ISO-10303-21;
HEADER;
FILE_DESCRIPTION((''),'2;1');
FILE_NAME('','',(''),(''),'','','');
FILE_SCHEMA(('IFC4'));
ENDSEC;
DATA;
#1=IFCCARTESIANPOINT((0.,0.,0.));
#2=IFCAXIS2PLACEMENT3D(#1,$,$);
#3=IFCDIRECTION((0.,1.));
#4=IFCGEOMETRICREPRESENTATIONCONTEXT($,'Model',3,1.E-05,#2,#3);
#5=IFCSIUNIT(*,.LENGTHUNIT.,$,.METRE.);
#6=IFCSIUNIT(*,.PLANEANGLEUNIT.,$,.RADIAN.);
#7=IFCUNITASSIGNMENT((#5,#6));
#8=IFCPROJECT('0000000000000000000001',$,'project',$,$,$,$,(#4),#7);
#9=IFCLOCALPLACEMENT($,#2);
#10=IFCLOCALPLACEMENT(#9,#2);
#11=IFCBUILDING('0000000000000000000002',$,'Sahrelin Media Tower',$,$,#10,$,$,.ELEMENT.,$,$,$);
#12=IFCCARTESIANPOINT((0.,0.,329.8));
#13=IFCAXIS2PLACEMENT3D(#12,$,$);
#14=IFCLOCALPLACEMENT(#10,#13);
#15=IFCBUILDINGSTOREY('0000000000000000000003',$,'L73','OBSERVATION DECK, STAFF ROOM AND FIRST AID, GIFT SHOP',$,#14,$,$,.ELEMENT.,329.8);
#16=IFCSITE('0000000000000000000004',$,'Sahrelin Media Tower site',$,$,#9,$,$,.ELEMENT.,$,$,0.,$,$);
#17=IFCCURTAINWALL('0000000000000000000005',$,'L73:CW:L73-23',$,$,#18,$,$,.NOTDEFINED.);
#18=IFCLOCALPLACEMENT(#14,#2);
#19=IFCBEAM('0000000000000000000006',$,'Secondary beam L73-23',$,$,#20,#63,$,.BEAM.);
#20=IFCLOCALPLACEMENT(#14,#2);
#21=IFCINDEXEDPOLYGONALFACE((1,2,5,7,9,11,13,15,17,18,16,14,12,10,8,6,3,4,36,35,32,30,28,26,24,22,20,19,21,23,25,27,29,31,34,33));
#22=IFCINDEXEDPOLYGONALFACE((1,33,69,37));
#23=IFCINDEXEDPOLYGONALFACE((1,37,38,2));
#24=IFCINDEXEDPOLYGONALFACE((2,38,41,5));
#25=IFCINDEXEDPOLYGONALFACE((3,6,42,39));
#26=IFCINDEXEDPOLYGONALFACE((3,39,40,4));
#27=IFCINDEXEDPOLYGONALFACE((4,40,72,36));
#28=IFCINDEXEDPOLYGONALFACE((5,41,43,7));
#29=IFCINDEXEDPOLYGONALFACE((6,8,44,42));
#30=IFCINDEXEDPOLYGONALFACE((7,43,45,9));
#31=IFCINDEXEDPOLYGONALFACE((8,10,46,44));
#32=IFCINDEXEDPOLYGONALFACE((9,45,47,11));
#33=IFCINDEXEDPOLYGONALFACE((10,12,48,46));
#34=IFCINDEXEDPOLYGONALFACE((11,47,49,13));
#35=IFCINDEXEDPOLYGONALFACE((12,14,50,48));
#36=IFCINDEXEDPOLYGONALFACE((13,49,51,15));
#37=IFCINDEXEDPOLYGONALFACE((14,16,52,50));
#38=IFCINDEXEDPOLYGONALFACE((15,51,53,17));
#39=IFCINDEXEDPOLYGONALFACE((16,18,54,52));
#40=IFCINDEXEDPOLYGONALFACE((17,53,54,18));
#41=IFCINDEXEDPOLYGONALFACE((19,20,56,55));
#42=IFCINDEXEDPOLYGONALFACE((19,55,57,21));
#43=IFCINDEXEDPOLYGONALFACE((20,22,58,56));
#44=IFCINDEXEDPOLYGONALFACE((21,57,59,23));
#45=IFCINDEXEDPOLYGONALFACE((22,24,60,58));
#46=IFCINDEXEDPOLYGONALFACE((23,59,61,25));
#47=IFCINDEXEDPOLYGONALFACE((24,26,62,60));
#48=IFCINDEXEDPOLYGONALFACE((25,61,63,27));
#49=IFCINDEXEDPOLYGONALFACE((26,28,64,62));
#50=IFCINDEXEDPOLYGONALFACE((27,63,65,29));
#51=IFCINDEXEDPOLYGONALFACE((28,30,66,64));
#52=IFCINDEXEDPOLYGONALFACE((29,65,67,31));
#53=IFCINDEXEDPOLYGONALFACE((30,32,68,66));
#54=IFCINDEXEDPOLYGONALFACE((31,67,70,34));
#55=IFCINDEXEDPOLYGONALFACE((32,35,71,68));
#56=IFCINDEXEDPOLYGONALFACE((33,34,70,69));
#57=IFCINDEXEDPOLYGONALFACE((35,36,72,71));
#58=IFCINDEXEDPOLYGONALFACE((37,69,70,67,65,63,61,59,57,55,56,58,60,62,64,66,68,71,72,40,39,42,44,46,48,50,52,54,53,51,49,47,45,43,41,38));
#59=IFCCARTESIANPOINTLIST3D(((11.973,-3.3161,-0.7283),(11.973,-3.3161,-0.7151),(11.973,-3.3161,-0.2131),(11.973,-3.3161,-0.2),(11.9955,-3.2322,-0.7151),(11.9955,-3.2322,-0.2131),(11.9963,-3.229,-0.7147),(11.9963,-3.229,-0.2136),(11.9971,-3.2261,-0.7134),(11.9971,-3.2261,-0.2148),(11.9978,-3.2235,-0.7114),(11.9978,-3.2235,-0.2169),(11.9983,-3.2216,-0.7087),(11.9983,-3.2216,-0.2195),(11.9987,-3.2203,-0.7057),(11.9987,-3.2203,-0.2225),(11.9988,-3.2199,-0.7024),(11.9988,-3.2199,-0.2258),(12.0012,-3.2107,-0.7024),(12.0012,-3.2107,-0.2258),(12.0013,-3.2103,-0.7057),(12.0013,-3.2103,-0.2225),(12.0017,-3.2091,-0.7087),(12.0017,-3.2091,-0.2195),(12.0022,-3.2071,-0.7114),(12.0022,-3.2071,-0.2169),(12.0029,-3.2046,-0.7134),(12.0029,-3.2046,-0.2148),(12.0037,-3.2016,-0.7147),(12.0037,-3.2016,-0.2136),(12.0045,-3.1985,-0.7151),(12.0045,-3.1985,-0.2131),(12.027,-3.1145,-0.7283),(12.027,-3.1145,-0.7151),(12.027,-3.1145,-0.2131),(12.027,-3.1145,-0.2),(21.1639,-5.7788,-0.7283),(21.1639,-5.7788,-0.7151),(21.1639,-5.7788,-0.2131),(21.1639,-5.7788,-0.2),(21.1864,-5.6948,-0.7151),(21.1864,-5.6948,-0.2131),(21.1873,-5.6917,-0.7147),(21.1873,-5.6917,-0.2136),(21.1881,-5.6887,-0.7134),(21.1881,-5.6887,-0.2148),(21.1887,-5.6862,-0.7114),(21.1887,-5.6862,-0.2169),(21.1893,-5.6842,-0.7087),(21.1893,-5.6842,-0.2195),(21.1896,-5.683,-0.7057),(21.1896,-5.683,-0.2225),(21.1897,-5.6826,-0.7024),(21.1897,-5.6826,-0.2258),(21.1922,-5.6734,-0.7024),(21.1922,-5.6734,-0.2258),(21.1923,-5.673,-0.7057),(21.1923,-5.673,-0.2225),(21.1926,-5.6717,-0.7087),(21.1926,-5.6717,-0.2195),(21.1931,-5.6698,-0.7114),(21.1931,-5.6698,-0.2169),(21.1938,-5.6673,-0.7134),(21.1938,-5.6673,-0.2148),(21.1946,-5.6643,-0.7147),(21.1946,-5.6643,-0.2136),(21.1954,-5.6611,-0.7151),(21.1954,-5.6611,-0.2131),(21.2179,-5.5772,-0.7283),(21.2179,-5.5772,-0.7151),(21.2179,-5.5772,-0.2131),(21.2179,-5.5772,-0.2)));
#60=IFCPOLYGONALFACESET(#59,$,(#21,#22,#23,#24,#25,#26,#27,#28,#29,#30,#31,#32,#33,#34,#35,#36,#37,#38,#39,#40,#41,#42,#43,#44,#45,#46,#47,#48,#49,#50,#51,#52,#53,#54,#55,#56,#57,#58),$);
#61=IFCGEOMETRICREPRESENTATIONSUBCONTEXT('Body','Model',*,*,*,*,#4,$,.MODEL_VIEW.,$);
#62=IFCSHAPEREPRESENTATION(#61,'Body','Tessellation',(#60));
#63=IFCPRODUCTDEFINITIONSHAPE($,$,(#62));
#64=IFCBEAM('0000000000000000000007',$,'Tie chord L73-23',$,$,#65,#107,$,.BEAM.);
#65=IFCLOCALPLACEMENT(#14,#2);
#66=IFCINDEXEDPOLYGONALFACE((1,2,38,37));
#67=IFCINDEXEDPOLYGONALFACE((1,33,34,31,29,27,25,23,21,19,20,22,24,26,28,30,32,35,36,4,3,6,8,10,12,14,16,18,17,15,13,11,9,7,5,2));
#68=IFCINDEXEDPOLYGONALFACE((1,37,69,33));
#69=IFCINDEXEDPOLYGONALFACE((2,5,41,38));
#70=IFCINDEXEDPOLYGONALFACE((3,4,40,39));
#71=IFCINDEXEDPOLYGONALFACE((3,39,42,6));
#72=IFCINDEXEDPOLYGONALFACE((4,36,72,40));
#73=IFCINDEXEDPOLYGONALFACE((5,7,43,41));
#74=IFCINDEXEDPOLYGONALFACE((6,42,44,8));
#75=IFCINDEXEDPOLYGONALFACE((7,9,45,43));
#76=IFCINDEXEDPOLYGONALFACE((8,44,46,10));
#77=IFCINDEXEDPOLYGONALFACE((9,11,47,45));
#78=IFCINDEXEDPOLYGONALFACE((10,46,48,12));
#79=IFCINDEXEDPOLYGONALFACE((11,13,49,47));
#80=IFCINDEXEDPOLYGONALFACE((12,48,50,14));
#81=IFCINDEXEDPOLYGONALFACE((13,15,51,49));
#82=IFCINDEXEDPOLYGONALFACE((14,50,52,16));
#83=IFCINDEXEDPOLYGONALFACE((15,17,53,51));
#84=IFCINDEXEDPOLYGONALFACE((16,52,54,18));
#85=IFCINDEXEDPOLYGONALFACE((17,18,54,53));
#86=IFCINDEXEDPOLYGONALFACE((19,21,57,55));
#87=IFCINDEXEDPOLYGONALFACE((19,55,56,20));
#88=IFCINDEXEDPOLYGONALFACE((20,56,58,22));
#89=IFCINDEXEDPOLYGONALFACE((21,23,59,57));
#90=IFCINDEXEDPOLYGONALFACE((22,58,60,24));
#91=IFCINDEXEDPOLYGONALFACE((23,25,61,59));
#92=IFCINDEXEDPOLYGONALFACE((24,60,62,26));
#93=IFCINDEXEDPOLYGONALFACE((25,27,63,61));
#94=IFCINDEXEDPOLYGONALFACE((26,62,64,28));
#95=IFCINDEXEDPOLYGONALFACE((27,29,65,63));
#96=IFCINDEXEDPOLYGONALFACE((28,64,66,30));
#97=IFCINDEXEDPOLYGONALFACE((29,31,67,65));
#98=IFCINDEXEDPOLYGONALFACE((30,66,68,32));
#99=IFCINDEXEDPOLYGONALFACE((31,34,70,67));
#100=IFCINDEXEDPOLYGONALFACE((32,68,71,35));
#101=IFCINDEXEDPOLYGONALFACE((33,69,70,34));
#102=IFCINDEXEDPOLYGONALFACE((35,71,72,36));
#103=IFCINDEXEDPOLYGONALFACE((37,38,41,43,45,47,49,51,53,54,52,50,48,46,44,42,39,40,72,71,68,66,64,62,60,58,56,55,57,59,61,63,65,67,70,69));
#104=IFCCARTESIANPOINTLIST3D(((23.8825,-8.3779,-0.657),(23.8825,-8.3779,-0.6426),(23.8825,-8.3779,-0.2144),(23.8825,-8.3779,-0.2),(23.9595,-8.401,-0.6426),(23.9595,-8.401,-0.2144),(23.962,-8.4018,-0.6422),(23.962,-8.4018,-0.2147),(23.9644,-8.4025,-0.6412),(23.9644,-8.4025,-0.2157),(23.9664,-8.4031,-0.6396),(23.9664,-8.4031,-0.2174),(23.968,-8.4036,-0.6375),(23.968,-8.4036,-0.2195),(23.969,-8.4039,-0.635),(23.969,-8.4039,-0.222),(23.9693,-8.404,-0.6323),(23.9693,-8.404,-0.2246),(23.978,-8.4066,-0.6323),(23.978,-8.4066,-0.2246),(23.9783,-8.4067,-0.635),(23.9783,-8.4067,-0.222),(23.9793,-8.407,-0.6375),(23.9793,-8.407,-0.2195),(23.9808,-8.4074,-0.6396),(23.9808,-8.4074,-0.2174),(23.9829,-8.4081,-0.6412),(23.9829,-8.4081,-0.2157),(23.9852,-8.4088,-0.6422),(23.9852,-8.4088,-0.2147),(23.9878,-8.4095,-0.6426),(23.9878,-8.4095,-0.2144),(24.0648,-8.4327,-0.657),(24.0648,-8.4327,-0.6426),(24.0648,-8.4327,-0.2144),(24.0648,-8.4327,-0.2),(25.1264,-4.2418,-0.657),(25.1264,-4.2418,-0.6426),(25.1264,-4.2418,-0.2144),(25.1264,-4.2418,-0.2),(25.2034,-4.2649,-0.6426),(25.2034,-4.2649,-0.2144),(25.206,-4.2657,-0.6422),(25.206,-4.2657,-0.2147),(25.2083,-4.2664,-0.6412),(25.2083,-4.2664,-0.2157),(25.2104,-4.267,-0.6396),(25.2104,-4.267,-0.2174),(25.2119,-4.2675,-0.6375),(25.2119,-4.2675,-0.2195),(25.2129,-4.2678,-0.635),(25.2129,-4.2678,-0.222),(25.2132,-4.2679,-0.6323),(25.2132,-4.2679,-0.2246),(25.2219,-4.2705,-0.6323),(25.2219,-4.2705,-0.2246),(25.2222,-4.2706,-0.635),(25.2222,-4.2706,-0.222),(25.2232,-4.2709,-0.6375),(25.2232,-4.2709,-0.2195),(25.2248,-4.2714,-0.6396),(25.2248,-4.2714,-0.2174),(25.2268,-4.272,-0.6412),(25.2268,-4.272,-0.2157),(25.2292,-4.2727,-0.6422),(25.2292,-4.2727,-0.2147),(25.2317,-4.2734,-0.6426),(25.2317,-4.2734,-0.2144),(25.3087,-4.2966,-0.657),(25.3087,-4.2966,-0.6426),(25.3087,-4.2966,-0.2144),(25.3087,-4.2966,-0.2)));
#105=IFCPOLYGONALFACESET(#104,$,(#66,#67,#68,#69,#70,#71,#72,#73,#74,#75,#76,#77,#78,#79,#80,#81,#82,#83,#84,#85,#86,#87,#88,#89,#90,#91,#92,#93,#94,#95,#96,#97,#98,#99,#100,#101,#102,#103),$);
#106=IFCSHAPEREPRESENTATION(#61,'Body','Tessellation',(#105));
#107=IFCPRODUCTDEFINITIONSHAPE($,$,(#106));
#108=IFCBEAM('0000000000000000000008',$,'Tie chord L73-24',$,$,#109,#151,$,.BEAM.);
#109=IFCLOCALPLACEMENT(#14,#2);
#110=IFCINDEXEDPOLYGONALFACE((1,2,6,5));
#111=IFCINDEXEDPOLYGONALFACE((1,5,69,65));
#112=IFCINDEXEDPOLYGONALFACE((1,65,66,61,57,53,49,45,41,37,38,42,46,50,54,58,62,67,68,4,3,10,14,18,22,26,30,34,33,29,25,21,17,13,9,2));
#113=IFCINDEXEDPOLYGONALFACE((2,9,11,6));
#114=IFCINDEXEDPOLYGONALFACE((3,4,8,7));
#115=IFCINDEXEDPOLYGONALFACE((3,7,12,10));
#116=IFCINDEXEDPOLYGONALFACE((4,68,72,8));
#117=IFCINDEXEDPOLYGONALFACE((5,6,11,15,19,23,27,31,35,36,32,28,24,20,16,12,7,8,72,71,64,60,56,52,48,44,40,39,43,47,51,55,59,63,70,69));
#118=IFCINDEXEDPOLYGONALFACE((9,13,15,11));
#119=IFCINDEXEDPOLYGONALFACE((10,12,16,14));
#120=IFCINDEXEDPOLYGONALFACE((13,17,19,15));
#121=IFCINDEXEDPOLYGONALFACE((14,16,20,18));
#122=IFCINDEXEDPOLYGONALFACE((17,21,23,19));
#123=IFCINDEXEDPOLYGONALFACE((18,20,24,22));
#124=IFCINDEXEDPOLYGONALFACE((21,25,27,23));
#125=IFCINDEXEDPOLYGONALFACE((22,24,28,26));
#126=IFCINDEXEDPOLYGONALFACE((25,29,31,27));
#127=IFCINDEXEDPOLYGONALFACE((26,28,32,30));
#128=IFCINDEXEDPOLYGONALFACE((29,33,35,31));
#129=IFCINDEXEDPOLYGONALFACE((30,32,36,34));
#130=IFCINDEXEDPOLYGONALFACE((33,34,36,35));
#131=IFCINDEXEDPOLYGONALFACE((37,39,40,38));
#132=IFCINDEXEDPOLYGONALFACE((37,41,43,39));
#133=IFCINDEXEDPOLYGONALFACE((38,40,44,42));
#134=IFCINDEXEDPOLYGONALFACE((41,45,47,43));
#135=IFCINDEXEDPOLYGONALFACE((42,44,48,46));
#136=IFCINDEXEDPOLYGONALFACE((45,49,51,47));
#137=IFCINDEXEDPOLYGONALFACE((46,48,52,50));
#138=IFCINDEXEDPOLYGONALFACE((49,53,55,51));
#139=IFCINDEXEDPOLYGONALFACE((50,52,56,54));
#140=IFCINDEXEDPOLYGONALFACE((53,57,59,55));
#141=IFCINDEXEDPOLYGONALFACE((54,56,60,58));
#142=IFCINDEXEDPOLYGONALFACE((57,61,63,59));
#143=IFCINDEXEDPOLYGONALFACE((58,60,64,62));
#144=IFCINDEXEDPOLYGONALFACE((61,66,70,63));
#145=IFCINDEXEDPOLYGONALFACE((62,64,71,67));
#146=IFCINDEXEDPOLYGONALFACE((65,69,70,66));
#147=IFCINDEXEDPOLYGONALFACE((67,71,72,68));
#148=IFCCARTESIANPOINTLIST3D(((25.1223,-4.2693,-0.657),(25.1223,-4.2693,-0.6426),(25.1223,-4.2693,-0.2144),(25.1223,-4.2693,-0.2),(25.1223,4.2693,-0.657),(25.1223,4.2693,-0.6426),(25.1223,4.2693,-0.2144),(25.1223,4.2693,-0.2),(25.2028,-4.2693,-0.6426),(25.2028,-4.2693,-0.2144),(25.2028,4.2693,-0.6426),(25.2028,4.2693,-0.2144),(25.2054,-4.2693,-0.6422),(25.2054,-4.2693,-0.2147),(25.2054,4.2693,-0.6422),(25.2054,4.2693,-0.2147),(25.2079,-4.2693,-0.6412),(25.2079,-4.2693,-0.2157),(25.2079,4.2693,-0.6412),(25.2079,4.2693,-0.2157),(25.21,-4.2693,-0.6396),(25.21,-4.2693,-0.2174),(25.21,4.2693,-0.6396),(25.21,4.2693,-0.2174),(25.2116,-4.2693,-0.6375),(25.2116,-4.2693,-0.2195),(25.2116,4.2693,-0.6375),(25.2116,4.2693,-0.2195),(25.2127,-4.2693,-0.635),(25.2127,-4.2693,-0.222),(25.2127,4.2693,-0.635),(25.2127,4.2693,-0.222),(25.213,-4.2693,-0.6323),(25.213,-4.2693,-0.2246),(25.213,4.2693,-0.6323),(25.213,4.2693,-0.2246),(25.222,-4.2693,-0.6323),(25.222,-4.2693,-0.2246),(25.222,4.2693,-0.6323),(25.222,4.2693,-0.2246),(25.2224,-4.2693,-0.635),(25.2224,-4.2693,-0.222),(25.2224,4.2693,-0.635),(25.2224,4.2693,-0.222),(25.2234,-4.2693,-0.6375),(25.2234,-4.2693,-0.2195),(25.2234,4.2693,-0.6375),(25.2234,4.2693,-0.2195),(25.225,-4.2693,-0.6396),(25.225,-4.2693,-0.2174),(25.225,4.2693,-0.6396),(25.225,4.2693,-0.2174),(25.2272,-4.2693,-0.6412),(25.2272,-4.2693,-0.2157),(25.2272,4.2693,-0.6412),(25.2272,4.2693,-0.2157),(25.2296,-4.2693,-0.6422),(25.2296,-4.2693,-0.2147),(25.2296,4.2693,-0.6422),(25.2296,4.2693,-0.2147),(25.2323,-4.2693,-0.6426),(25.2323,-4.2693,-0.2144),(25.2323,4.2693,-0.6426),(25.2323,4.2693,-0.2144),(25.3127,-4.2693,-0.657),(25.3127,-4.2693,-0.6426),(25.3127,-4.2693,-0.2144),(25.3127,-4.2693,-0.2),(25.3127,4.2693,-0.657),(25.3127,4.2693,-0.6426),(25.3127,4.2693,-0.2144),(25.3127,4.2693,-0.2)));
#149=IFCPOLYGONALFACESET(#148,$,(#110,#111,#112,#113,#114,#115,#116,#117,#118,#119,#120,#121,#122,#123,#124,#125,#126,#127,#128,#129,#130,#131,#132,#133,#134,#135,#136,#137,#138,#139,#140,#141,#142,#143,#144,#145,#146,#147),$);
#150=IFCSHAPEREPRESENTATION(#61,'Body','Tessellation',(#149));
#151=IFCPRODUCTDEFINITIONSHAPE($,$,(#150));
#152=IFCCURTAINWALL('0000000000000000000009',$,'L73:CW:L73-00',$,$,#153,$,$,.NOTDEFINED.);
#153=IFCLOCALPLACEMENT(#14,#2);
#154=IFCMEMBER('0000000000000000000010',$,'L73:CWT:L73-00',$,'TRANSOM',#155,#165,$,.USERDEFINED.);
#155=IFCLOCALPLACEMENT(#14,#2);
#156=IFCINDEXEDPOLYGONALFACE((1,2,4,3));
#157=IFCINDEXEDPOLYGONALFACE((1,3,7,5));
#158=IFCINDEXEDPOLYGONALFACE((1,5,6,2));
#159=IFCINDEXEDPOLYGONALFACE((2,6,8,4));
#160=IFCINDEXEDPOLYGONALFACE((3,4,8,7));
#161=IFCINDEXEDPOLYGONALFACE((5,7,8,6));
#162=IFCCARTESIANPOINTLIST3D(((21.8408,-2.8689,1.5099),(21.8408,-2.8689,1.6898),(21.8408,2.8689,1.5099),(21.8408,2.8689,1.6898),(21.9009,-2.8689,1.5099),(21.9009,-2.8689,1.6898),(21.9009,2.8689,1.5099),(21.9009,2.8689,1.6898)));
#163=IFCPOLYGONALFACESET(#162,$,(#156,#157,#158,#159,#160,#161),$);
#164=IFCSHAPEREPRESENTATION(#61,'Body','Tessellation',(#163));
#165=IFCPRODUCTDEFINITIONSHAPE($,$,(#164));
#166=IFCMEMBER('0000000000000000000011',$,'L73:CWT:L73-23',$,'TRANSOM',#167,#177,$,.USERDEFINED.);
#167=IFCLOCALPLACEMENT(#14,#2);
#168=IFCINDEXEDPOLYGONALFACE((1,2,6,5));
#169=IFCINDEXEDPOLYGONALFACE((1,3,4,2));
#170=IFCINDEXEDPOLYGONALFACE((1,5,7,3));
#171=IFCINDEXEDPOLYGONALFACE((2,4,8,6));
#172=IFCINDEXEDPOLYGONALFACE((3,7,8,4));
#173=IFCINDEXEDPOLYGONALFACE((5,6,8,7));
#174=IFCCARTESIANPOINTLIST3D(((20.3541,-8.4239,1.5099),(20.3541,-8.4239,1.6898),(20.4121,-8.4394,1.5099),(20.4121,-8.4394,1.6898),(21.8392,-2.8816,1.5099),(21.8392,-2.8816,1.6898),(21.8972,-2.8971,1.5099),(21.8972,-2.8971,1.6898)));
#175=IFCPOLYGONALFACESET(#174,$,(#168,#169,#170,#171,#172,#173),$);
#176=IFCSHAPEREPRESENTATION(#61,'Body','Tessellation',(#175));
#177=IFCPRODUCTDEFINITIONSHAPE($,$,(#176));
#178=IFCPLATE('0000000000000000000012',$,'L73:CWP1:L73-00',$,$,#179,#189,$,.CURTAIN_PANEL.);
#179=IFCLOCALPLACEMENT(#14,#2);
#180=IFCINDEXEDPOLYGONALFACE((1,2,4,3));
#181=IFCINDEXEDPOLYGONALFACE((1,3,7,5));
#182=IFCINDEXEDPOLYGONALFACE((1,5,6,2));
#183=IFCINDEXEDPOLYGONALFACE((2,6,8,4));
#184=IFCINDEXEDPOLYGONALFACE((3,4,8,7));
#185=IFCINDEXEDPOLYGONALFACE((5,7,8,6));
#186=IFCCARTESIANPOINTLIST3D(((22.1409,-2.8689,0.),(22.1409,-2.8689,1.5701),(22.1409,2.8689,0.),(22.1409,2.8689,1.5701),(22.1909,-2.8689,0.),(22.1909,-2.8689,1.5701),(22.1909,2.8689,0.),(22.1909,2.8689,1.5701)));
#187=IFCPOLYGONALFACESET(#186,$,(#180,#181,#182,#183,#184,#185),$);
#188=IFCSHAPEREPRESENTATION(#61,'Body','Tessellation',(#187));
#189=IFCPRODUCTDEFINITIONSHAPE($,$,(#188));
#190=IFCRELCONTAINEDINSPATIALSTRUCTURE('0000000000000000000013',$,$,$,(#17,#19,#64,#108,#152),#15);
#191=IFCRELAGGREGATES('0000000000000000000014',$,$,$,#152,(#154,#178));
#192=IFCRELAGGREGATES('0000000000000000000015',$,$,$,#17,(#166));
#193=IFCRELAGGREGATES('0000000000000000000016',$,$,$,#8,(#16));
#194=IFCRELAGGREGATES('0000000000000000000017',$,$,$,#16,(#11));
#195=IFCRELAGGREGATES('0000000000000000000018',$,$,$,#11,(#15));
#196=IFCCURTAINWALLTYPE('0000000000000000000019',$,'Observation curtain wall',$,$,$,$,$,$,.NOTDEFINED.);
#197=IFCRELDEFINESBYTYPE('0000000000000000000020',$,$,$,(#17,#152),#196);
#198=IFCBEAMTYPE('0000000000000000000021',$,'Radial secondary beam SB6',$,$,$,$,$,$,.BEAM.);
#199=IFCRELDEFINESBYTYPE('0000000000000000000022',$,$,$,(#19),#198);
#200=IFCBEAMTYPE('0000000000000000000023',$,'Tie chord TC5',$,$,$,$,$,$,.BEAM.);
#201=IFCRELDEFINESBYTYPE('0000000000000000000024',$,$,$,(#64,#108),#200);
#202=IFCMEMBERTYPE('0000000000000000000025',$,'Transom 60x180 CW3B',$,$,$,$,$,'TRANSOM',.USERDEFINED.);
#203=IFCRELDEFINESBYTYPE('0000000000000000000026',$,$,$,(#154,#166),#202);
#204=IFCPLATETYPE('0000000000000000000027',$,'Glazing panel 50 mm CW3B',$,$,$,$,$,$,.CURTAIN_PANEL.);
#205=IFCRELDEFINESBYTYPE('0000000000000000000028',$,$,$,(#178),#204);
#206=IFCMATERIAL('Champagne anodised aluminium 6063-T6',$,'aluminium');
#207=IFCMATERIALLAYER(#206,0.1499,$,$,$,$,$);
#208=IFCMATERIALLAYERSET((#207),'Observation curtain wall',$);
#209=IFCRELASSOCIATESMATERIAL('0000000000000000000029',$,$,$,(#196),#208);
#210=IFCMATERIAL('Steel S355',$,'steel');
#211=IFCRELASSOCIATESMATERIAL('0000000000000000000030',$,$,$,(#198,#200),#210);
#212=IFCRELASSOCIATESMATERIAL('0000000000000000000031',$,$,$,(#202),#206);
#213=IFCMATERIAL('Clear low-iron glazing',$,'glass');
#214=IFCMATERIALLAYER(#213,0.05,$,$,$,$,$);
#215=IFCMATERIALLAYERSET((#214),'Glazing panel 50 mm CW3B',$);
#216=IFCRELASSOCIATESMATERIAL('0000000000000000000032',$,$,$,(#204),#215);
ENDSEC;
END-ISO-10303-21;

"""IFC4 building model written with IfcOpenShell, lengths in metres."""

from ifc_helpers import new_model, si_unit, direction, frame, origin, origin_2d, place, context, subcontext, project, spatial, polyline, rectangle, i_section, outline, extrude, material, layer, layer_set, material_profile, profile_set, type_object, element, aggregate, save


model = new_model("IFC4")

# Units and contexts
model_context = context("Model", 3, precision=1e-05, world=origin(), true_north=direction((0.0, 1.0)))
body_context = subcontext(model_context, "Body", "Model", "MODEL_VIEW")
ifc_project = project(units=[si_unit("LENGTHUNIT", "METRE"), si_unit("PLANEANGLEUNIT", "RADIAN")], contexts=[model_context])

# Site, building, storey
site_placement = place(None, origin())
site = spatial("IfcSite", under=ifc_project, at=site_placement, Name="Sahrelin Media Tower site", CompositionType="ELEMENT", RefElevation=0.0)
building_placement = place(site_placement, origin())
building = spatial("IfcBuilding", under=site, at=building_placement, Name="Sahrelin Media Tower", CompositionType="ELEMENT")
storey_placement = place(building_placement, frame((0.0, 0.0, 329.8)))
storey = spatial("IfcBuildingStorey", under=building, at=storey_placement, Name="L73", Description="OBSERVATION DECK, STAFF ROOM AND FIRST AID, GIFT SHOP", CompositionType="ELEMENT", Elevation=329.8)

# Shared definitions
ifc_material_1 = material(Name="Steel S355", Category="steel")

# Curtain wall
ifc_material_2 = material(Name="Champagne anodised aluminium 6063-T6", Category="aluminium")
ifc_layer_1 = layer(ifc_material_2, 0.1499)
ifc_layer_set_1 = layer_set([ifc_layer_1], Name="Observation curtain wall")
curtain_wall_type = type_object("IfcCurtainWallType", Name="Observation curtain wall", PredefinedType="NOTDEFINED", material=ifc_layer_set_1)
curtain_wall_1_placement = place(storey_placement, frame((21.4153, -5.7383, 0.0), z_axis=(0.0, 0.0, 1.0), x_axis=(1.0, 0.0, 0.0)))
curtain_wall_1 = element("IfcCurtainWall", 1, at=curtain_wall_1_placement, inside=storey, type_object=curtain_wall_type, Name="L73:CW:L73-23", PredefinedType="NOTDEFINED")

# Beams
ifc_material_profile_1 = material_profile(ifc_material_1, i_section(OverallWidth=0.2087, OverallDepth=0.5283, WebThickness=0.0095, FlangeThickness=0.0132, FilletRadius=0.0127, at=origin_2d()), Name="UB 533x210x82")
ifc_profile_set_1 = profile_set([ifc_material_profile_1], Name="Steel S355")
beam_type_1 = type_object("IfcBeamType", Name="Radial secondary beam SB6", PredefinedType="BEAM", material=ifc_profile_set_1)
beam_1_placement = place(storey_placement, frame((12.0, -3.2153, -0.4641), z_axis=(0.965927, -0.258814, 0.0), x_axis=(0.258814, 0.965927, 0.0)))
element("IfcBeam", 2, at=beam_1_placement, inside=storey, type_object=beam_type_1, Name="Secondary beam L73-23", PredefinedType="BEAM", context=body_context, shape_type="SweptSolid", body=[
    extrude(i_section(OverallWidth=0.2087, OverallDepth=0.5283, WebThickness=0.0095, FlangeThickness=0.0132, FilletRadius=0.0127, at=origin_2d()), origin(), (0.0, 0.0, 1.0), 9.5151),
])
ifc_material_profile_2 = material_profile(ifc_material_1, i_section(OverallWidth=0.1904, OverallDepth=0.457, WebThickness=0.009, FlangeThickness=0.0144, FilletRadius=0.0103, at=origin_2d()), Name="UB 457x191x74")
ifc_profile_set_2 = profile_set([ifc_material_profile_2], Name="Steel S355")
beam_type_2 = type_object("IfcBeamType", Name="Tie chord TC5", PredefinedType="BEAM", material=ifc_profile_set_2)
beam_2_placement = place(storey_placement, frame((23.9736, -8.4053, -0.4285), z_axis=(0.288006, 0.957628, 0.0), x_axis=(-0.957628, 0.288006, 0.0)))
element("IfcBeam", 3, at=beam_2_placement, inside=storey, type_object=beam_type_2, Name="Tie chord L73-23", PredefinedType="BEAM", context=body_context, shape_type="SweptSolid", body=[
    extrude(i_section(OverallWidth=0.1904, OverallDepth=0.457, WebThickness=0.009, FlangeThickness=0.0144, FilletRadius=0.0103, at=origin_2d()), origin(), (0.0, 0.0, 1.0), 4.3191),
])
beam_3_placement = place(storey_placement, frame((25.2175, -4.2693, -0.4285), z_axis=(0.0, 1.0, 0.0), x_axis=(-1.0, 0.0, 0.0)))
element("IfcBeam", 4, at=beam_3_placement, inside=storey, type_object=beam_type_2, Name="Tie chord L73-24", PredefinedType="BEAM", context=body_context, shape_type="SweptSolid", body=[
    extrude(i_section(OverallWidth=0.1904, OverallDepth=0.457, WebThickness=0.009, FlangeThickness=0.0144, FilletRadius=0.0103, at=origin_2d()), origin(), (0.0, 0.0, 1.0), 8.5386),
])

# Curtain wall, member
curtain_wall_2_placement = place(storey_placement, frame((22.1709, 0.0, 0.0), z_axis=(0.0, 0.0, 1.0), x_axis=(1.0, 0.0, 0.0)))
curtain_wall_2 = element("IfcCurtainWall", 5, at=curtain_wall_2_placement, inside=storey, type_object=curtain_wall_type, Name="L73:CW:L73-00", PredefinedType="NOTDEFINED")
ifc_material_profile_3 = material_profile(ifc_material_2, rectangle(XDim=0.0601, YDim=0.1799, at=origin_2d()), Name="Transom 60x180")
ifc_profile_set_3 = profile_set([ifc_material_profile_3], Name="Champagne anodised aluminium 6063-T6")
member_type_1 = type_object("IfcMemberType", Name="Transom 60x180 CW3B", ElementType="TRANSOM", PredefinedType="USERDEFINED", material=ifc_profile_set_3)
member_1_placement = place(storey_placement, frame((21.8708, -2.8689, 1.5999), z_axis=(0.0, 1.0, 0.0), x_axis=(-1.0, 0.0, 0.0)))
member_1 = element("IfcMember", 6, at=member_1_placement, type_object=member_type_1, Name="L73:CWT:L73-00", ObjectType="TRANSOM", PredefinedType="USERDEFINED", context=body_context, shape_type="SweptSolid", body=[
    extrude(rectangle(XDim=0.0601, YDim=0.1799, at=origin_2d()), origin(), (0.0, 0.0, 1.0), 5.7378),
])

# Member
member_2_placement = place(storey_placement, frame((20.3831, -8.4316, 1.5999), z_axis=(0.25883, 0.965923, 0.0), x_axis=(-0.965923, 0.25883, 0.0)))
member_2 = element("IfcMember", 7, at=member_2_placement, type_object=member_type_1, Name="L73:CWT:L73-23", ObjectType="TRANSOM", PredefinedType="USERDEFINED", context=body_context, shape_type="SweptSolid", body=[
    extrude(rectangle(XDim=0.0601, YDim=0.1799, at=origin_2d()), origin(), (0.0, 0.0, 1.0), 5.7378),
])

# Plate
ifc_material_3 = material(Name="Clear low-iron glazing", Category="glass")
ifc_layer_2 = layer(ifc_material_3, 0.05)
ifc_layer_set_2 = layer_set([ifc_layer_2], Name="Glazing panel 50 mm CW3B")
plate_type = type_object("IfcPlateType", Name="Glazing panel 50 mm CW3B", PredefinedType="CURTAIN_PANEL", material=ifc_layer_set_2)
plate_1_placement = place(storey_placement, frame((22.1909, -2.8689, 0.0), z_axis=(1.0, 0.0, 0.0), x_axis=(0.0, 1.0, 0.0)))
plate_1 = element("IfcPlate", 8, at=plate_1_placement, type_object=plate_type, Name="L73:CWP1:L73-00", PredefinedType="CURTAIN_PANEL", context=body_context, shape_type="SweptSolid", body=[
    extrude(outline(polyline([(0.0, 0.0), (5.7378, 0.0), (5.7378, 1.5701), (0.0, 1.5701), (0.0, 0.0)])), origin(), (0.0, 0.0, -1.0), 0.05),
])
aggregate(curtain_wall_2, [member_1, plate_1])
aggregate(curtain_wall_1, [member_2])

save(model, "model.ifc")
